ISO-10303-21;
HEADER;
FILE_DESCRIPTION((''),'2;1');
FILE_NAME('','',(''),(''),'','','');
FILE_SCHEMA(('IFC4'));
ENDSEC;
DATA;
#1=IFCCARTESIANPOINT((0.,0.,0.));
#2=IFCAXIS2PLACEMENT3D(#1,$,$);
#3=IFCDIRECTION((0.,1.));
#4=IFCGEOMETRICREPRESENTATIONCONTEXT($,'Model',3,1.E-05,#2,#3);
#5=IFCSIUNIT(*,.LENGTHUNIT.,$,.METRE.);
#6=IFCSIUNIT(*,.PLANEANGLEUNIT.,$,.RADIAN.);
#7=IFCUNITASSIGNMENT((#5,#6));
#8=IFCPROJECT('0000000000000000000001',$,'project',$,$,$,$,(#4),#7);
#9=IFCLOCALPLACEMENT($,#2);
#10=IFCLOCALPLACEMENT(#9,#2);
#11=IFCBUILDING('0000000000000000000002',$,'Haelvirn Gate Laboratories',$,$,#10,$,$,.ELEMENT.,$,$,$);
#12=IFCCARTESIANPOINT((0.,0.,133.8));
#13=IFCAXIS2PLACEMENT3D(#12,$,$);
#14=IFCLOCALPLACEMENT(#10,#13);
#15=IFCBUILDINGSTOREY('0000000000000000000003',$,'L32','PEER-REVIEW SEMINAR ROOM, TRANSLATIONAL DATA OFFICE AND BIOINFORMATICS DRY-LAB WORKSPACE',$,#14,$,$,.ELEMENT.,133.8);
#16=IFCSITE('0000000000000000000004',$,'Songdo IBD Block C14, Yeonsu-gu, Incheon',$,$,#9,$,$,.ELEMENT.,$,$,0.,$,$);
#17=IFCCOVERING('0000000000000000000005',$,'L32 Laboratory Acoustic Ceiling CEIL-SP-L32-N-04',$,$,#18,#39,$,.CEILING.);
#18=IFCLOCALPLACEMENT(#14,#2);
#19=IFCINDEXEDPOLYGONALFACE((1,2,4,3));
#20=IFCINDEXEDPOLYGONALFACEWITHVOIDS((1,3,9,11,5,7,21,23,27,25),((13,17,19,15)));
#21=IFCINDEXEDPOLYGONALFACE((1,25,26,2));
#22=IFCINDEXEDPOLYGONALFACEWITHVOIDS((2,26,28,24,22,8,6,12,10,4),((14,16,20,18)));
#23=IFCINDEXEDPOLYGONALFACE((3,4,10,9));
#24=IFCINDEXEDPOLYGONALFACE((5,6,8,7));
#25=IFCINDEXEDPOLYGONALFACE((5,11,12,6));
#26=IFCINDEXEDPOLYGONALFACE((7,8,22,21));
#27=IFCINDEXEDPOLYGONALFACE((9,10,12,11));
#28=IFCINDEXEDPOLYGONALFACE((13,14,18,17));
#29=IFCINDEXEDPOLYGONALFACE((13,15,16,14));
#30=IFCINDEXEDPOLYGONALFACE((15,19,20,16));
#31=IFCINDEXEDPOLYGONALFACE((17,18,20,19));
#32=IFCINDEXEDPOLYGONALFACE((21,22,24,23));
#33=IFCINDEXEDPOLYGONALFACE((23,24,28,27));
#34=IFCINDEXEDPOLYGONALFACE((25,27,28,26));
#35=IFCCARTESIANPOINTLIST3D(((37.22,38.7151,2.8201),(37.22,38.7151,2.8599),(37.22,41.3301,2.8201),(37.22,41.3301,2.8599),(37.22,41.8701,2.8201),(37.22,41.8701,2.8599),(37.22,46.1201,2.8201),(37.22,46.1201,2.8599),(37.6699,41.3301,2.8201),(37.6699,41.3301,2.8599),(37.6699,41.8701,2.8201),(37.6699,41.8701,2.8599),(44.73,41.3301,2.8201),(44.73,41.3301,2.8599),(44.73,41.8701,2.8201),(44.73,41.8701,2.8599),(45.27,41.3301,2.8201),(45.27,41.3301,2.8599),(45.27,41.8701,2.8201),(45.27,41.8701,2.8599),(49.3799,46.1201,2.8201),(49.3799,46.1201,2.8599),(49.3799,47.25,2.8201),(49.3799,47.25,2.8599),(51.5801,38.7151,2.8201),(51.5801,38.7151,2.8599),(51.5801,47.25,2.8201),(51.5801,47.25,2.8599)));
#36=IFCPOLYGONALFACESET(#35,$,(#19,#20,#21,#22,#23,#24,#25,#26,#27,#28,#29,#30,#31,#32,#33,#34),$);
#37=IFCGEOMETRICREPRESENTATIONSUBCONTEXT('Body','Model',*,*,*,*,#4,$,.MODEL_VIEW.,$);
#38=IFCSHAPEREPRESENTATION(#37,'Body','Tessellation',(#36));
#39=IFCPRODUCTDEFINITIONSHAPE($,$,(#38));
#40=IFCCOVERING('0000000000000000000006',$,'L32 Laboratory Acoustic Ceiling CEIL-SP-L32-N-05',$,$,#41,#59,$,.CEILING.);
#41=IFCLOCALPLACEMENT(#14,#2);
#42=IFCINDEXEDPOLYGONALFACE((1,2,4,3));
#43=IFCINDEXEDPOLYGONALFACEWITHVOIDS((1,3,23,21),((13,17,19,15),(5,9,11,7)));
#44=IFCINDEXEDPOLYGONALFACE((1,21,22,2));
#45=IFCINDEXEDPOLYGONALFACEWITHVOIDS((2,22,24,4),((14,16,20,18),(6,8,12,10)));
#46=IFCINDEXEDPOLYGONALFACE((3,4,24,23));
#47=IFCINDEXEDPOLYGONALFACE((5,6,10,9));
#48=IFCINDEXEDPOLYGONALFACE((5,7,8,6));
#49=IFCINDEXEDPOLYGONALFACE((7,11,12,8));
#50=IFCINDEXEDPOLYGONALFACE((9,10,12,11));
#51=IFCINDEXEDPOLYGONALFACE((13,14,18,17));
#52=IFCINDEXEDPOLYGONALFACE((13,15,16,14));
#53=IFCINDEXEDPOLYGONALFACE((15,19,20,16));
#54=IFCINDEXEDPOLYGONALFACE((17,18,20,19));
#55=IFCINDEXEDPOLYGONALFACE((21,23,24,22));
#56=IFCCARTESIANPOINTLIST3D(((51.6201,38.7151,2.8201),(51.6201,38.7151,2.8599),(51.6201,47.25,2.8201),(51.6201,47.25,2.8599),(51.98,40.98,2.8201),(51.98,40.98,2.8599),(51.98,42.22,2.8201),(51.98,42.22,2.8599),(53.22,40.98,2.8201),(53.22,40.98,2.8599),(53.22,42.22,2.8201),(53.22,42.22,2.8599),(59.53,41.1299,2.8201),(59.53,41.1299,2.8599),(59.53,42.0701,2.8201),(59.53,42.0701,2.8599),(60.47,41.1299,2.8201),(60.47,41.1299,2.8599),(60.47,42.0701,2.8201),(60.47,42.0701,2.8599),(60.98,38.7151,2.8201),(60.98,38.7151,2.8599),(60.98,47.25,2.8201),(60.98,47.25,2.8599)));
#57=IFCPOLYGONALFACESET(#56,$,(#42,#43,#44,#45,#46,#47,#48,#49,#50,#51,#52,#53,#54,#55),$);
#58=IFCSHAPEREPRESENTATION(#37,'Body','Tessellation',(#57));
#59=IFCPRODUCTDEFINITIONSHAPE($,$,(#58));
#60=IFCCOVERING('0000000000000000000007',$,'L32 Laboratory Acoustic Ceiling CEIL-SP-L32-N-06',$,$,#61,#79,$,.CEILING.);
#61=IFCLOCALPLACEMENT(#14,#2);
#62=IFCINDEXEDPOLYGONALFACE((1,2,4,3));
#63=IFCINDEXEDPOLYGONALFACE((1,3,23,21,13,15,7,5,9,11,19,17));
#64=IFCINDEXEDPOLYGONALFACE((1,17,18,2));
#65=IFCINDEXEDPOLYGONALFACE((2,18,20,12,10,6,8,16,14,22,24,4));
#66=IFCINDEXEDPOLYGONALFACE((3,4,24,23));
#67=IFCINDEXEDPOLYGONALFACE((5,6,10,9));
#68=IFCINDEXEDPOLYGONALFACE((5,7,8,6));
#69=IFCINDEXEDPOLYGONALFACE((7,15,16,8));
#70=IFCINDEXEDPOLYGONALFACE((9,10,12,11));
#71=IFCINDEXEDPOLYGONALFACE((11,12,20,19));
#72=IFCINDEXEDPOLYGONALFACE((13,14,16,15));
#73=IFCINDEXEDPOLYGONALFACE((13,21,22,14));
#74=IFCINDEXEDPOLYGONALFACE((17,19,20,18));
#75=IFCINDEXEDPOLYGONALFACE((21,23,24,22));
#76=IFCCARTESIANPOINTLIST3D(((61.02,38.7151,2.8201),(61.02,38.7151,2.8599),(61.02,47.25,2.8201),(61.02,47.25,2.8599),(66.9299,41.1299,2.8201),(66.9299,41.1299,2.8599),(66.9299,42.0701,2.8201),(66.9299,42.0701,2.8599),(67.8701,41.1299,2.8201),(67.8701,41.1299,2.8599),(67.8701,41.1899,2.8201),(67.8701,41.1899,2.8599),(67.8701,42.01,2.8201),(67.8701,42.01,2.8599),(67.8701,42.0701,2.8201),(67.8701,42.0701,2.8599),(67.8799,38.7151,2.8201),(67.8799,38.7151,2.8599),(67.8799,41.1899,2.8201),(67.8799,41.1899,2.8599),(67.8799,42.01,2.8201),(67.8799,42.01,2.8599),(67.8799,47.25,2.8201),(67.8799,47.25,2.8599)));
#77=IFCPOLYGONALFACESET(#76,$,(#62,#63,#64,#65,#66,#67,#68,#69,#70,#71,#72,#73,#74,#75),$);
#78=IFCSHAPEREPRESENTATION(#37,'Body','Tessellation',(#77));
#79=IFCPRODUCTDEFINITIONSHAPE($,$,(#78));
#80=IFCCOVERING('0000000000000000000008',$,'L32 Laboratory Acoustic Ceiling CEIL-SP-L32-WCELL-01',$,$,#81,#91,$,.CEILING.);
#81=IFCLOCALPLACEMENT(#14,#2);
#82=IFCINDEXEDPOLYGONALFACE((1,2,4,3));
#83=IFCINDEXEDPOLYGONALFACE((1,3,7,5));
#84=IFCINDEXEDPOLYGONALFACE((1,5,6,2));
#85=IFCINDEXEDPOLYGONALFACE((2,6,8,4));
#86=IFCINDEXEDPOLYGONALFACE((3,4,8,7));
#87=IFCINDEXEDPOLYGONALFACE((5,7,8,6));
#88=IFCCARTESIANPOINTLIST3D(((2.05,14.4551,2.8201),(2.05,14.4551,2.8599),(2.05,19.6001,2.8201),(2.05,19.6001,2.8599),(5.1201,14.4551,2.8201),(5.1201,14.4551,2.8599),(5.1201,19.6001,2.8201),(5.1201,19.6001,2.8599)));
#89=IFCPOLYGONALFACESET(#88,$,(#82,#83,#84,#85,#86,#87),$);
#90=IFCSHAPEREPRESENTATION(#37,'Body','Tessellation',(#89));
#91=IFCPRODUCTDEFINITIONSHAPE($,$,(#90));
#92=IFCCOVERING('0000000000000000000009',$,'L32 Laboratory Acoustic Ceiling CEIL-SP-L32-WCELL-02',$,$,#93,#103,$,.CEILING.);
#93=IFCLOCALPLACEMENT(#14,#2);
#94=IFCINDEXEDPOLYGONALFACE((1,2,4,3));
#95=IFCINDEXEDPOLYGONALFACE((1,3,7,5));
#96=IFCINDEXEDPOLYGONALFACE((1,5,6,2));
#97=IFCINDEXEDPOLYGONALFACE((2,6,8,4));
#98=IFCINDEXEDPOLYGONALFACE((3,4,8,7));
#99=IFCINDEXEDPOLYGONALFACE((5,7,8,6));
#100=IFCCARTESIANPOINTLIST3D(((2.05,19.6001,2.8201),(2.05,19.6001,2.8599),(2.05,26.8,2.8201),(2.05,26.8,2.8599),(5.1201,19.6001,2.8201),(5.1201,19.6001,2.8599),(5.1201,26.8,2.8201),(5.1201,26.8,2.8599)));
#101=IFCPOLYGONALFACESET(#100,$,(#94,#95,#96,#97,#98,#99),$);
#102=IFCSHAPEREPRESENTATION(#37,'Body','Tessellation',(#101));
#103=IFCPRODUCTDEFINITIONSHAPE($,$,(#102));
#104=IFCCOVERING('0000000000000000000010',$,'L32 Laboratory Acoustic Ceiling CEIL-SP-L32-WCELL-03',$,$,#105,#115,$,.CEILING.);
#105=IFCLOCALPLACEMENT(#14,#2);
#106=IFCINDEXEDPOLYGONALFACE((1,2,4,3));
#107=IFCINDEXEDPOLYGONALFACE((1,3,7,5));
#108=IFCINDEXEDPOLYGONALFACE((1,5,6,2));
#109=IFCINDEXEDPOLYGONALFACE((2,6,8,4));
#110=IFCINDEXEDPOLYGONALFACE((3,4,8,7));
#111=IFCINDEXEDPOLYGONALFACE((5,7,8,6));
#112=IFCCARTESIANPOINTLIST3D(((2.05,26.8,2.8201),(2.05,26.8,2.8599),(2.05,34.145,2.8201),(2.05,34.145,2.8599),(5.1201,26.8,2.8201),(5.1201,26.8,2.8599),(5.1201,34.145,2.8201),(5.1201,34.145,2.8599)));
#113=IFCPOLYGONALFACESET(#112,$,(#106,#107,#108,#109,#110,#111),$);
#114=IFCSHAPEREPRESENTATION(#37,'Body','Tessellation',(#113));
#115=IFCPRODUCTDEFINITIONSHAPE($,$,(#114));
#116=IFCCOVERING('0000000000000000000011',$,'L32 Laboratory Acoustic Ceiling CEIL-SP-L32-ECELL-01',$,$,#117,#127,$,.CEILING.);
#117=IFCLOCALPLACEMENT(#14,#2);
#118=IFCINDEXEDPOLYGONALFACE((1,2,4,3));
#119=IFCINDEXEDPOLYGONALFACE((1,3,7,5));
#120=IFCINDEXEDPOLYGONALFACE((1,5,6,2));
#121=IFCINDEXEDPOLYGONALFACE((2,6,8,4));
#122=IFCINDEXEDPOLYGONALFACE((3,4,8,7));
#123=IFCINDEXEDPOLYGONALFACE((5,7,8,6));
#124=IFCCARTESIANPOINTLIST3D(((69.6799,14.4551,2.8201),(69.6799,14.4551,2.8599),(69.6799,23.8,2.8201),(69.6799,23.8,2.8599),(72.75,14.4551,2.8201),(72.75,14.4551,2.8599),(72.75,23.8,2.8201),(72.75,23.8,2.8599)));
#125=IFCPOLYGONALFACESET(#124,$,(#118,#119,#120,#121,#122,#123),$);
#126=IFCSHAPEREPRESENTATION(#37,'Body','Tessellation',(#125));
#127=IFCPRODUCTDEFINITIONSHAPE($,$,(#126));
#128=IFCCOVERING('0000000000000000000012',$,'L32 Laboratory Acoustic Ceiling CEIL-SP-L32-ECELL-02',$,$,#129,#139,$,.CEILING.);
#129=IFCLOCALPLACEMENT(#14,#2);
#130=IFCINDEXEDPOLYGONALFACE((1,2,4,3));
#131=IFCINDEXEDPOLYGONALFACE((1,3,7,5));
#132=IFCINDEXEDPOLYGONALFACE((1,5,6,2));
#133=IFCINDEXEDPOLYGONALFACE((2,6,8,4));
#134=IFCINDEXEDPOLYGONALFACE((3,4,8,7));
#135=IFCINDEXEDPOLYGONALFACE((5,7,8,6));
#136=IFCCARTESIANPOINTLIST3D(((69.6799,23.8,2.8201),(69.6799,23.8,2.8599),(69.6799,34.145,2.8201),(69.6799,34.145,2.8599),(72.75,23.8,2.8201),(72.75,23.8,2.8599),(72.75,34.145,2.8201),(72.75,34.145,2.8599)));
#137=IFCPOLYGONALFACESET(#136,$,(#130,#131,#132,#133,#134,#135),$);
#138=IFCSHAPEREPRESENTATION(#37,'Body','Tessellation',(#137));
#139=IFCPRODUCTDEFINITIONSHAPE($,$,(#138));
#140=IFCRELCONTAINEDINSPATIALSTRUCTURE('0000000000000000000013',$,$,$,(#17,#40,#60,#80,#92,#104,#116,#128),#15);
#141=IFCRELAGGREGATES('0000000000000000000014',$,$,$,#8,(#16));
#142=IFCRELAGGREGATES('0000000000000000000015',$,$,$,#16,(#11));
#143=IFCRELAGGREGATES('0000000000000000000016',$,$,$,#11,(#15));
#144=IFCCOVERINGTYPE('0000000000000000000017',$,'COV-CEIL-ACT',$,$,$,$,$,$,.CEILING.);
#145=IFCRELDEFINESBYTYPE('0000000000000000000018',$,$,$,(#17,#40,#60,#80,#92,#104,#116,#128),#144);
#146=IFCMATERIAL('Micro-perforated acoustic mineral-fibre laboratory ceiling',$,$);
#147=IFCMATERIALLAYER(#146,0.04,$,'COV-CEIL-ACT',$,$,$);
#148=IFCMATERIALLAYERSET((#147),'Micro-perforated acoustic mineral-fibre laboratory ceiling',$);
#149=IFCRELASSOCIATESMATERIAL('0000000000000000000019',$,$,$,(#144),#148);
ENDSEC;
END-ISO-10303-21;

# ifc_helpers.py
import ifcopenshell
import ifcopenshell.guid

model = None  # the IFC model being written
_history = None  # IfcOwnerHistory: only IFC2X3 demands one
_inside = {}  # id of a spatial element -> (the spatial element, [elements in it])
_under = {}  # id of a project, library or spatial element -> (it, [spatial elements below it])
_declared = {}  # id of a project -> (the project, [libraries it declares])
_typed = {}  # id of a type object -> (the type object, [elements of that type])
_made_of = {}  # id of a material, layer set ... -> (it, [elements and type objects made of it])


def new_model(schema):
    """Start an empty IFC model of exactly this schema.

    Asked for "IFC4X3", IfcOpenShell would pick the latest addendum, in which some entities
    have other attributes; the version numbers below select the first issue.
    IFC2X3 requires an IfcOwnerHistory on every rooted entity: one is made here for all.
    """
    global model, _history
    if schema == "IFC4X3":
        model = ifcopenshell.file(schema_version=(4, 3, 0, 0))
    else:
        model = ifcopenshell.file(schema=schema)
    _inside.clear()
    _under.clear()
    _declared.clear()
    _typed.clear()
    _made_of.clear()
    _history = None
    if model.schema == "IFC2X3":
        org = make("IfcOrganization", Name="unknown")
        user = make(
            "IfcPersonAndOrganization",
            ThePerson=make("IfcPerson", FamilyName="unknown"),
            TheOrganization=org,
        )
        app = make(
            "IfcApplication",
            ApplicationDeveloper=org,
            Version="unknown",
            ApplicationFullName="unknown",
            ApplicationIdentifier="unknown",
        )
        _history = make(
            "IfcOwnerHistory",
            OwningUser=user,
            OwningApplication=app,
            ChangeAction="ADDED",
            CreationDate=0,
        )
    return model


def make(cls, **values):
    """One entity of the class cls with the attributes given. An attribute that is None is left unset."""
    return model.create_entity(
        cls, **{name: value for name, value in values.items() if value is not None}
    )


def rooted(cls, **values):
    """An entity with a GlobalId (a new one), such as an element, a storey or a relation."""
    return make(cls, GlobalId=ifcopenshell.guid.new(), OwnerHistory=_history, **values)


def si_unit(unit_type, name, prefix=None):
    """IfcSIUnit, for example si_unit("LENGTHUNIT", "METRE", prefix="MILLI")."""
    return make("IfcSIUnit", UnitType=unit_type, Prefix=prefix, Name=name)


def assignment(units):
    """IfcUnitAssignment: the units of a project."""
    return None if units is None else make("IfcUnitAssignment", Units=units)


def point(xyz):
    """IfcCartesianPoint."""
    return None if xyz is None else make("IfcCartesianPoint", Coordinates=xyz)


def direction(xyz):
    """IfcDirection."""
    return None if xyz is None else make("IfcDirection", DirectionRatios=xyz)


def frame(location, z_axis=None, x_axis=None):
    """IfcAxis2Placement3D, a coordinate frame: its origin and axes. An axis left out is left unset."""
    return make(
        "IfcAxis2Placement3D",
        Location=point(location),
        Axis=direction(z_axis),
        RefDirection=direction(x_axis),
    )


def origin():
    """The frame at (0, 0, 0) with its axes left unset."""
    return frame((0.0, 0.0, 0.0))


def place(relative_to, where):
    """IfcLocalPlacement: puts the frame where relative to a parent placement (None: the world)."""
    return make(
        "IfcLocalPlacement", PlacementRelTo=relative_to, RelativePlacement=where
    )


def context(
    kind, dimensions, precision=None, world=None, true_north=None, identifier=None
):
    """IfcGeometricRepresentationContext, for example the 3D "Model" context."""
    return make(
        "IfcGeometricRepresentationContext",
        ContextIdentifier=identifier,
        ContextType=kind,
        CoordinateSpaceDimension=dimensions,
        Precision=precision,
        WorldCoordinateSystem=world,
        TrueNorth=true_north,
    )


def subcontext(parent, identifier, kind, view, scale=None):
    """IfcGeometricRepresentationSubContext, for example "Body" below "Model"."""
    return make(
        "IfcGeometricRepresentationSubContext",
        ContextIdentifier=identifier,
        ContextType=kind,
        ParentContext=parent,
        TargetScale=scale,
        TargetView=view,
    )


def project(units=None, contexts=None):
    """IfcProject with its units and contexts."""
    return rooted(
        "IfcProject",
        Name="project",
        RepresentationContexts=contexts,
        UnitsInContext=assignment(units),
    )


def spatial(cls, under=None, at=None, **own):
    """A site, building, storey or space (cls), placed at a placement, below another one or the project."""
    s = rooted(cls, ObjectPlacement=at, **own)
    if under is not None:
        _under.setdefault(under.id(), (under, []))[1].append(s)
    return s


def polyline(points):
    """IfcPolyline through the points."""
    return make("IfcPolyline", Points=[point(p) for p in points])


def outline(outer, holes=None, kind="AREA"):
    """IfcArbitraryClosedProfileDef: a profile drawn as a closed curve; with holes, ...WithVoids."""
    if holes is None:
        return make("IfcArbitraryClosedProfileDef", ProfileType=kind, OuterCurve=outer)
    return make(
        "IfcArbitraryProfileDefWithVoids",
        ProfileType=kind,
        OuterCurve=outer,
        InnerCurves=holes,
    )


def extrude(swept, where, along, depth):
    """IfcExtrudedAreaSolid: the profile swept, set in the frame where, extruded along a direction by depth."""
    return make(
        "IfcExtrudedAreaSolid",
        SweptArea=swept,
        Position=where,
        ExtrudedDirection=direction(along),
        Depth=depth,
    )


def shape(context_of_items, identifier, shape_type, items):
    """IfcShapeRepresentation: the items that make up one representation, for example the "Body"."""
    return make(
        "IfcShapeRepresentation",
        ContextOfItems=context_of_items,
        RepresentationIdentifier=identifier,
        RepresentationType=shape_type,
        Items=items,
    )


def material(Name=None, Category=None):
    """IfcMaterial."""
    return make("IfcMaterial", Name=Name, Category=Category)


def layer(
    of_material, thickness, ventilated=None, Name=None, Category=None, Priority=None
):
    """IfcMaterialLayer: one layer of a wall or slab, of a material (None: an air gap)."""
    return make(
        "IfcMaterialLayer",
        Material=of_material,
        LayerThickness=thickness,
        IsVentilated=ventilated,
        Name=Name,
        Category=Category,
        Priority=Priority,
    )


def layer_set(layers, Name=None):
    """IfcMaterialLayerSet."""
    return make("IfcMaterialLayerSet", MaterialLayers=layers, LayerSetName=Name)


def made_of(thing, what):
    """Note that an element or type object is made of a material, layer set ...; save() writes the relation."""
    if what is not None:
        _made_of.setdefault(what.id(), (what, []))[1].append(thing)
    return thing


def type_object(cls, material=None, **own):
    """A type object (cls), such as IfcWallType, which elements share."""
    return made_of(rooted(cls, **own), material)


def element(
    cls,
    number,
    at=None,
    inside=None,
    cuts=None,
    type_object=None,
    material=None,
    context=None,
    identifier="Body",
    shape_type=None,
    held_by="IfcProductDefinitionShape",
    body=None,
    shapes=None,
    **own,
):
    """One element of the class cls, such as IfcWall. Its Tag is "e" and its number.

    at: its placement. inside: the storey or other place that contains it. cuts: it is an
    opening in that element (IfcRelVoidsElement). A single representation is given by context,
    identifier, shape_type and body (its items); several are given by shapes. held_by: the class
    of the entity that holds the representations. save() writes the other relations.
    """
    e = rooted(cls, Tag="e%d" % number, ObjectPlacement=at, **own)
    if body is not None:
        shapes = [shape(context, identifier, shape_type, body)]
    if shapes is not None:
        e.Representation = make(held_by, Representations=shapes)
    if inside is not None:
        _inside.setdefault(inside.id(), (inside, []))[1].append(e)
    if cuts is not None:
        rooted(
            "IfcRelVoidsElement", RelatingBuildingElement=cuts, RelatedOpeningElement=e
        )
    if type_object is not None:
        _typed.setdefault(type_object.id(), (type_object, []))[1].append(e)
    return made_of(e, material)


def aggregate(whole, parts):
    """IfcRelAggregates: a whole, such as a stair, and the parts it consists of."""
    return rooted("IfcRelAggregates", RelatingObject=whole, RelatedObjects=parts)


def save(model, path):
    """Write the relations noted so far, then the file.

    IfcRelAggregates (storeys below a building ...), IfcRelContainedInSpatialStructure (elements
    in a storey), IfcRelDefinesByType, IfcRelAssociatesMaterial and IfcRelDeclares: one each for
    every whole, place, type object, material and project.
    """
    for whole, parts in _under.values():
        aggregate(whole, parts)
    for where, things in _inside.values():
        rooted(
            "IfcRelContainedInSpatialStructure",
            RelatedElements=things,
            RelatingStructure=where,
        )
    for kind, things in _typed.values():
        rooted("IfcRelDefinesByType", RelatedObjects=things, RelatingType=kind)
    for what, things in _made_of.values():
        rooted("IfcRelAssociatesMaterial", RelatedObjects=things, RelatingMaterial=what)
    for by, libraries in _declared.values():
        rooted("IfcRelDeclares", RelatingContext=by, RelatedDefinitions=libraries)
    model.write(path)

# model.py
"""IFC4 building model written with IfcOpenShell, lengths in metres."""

from ifc_helpers import new_model, si_unit, direction, frame, origin, place, context, subcontext, project, spatial, polyline, outline, extrude, material, layer, layer_set, type_object, element, save


model = new_model("IFC4")

# Units and contexts
model_context = context("Model", 3, precision=1e-05, world=origin(), true_north=direction((0.0, 1.0)))
body_context = subcontext(model_context, "Body", "Model", "MODEL_VIEW")
ifc_project = project(units=[si_unit("LENGTHUNIT", "METRE"), si_unit("PLANEANGLEUNIT", "RADIAN")], contexts=[model_context])

# Site, building, storey
site_placement = place(None, origin())
site = spatial("IfcSite", under=ifc_project, at=site_placement, Name="Songdo IBD Block C14, Yeonsu-gu, Incheon", CompositionType="ELEMENT", RefElevation=0.0)
building_placement = place(site_placement, origin())
building = spatial("IfcBuilding", under=site, at=building_placement, Name="Haelvirn Gate Laboratories", CompositionType="ELEMENT")
storey_placement = place(building_placement, frame((0.0, 0.0, 133.8)))
storey = spatial("IfcBuildingStorey", under=building, at=storey_placement, Name="L32", Description="PEER-REVIEW SEMINAR ROOM, TRANSLATIONAL DATA OFFICE AND BIOINFORMATICS DRY-LAB WORKSPACE", CompositionType="ELEMENT", Elevation=133.8)

# Coverings
ifc_material_1 = material(Name="Micro-perforated acoustic mineral-fibre laboratory ceiling")
ifc_layer_1 = layer(ifc_material_1, 0.04, Name="COV-CEIL-ACT")
ifc_layer_set_1 = layer_set([ifc_layer_1], Name="Micro-perforated acoustic mineral-fibre laboratory ceiling")
covering_type = type_object("IfcCoveringType", Name="COV-CEIL-ACT", PredefinedType="CEILING", material=ifc_layer_set_1)
covering_1_placement = place(storey_placement, frame((0.0, 0.0, 2.8201)))
element("IfcCovering", 1, at=covering_1_placement, inside=storey, type_object=covering_type, Name="L32 Laboratory Acoustic Ceiling CEIL-SP-L32-N-04", PredefinedType="CEILING", context=body_context, shape_type="SweptSolid", body=[
    extrude(outline(polyline([(49.3799, 46.1201), (49.3799, 47.25), (51.5801, 47.25), (51.5801, 38.7151), (37.22, 38.7151), (37.22, 41.3301), (37.6699, 41.3301), (37.6699, 41.8701), (37.22, 41.8701), (37.22, 46.1201), (49.3799, 46.1201)]), holes=[polyline([(45.27, 41.8701), (44.73, 41.8701), (44.73, 41.3301), (45.27, 41.3301), (45.27, 41.8701)])]), origin(), (0.0, 0.0, 1.0), 0.0398),
])
covering_2_placement = place(storey_placement, frame((0.0, 0.0, 2.8201)))
element("IfcCovering", 2, at=covering_2_placement, inside=storey, type_object=covering_type, Name="L32 Laboratory Acoustic Ceiling CEIL-SP-L32-N-05", PredefinedType="CEILING", context=body_context, shape_type="SweptSolid", body=[
    extrude(outline(polyline([(51.6201, 47.25), (60.98, 47.25), (60.98, 38.7151), (51.6201, 38.7151), (51.6201, 47.25)]), holes=[polyline([(51.98, 42.22), (51.98, 40.98), (53.22, 40.98), (53.22, 42.22), (51.98, 42.22)]), polyline([(60.47, 42.0701), (59.53, 42.0701), (59.53, 41.1299), (60.47, 41.1299), (60.47, 42.0701)])]), origin(), (0.0, 0.0, 1.0), 0.0398),
])
covering_3_placement = place(storey_placement, frame((0.0, 0.0, 2.8201)))
element("IfcCovering", 3, at=covering_3_placement, inside=storey, type_object=covering_type, Name="L32 Laboratory Acoustic Ceiling CEIL-SP-L32-N-06", PredefinedType="CEILING", context=body_context, shape_type="SweptSolid", body=[
    extrude(outline(polyline([(67.8799, 42.01), (67.8701, 42.01), (67.8701, 42.0701), (66.9299, 42.0701), (66.9299, 41.1299), (67.8701, 41.1299), (67.8701, 41.1899), (67.8799, 41.1899), (67.8799, 38.7151), (61.02, 38.7151), (61.02, 47.25), (67.8799, 47.25), (67.8799, 42.01)])), origin(), (0.0, 0.0, 1.0), 0.0398),
])
covering_4_placement = place(storey_placement, frame((0.0, 0.0, 2.8201)))
element("IfcCovering", 4, at=covering_4_placement, inside=storey, type_object=covering_type, Name="L32 Laboratory Acoustic Ceiling CEIL-SP-L32-WCELL-01", PredefinedType="CEILING", context=body_context, shape_type="SweptSolid", body=[
    extrude(outline(polyline([(2.05, 19.6001), (5.1201, 19.6001), (5.1201, 14.4551), (2.05, 14.4551), (2.05, 19.6001)])), origin(), (0.0, 0.0, 1.0), 0.0398),
])
covering_5_placement = place(storey_placement, frame((0.0, 0.0, 2.8201)))
element("IfcCovering", 5, at=covering_5_placement, inside=storey, type_object=covering_type, Name="L32 Laboratory Acoustic Ceiling CEIL-SP-L32-WCELL-02", PredefinedType="CEILING", context=body_context, shape_type="SweptSolid", body=[
    extrude(outline(polyline([(2.05, 26.8), (5.1201, 26.8), (5.1201, 19.6001), (2.05, 19.6001), (2.05, 26.8)])), origin(), (0.0, 0.0, 1.0), 0.0398),
])
covering_6_placement = place(storey_placement, frame((0.0, 0.0, 2.8201)))
element("IfcCovering", 6, at=covering_6_placement, inside=storey, type_object=covering_type, Name="L32 Laboratory Acoustic Ceiling CEIL-SP-L32-WCELL-03", PredefinedType="CEILING", context=body_context, shape_type="SweptSolid", body=[
    extrude(outline(polyline([(2.05, 34.145), (5.1201, 34.145), (5.1201, 26.8), (2.05, 26.8), (2.05, 34.145)])), origin(), (0.0, 0.0, 1.0), 0.0398),
])
covering_7_placement = place(storey_placement, frame((0.0, 0.0, 2.8201)))
element("IfcCovering", 7, at=covering_7_placement, inside=storey, type_object=covering_type, Name="L32 Laboratory Acoustic Ceiling CEIL-SP-L32-ECELL-01", PredefinedType="CEILING", context=body_context, shape_type="SweptSolid", body=[
    extrude(outline(polyline([(69.6799, 23.8), (72.75, 23.8), (72.75, 14.4551), (69.6799, 14.4551), (69.6799, 23.8)])), origin(), (0.0, 0.0, 1.0), 0.0398),
])
covering_8_placement = place(storey_placement, frame((0.0, 0.0, 2.8201)))
element("IfcCovering", 8, at=covering_8_placement, inside=storey, type_object=covering_type, Name="L32 Laboratory Acoustic Ceiling CEIL-SP-L32-ECELL-02", PredefinedType="CEILING", context=body_context, shape_type="SweptSolid", body=[
    extrude(outline(polyline([(69.6799, 34.145), (72.75, 34.145), (72.75, 23.8), (69.6799, 23.8), (69.6799, 34.145)])), origin(), (0.0, 0.0, 1.0), 0.0398),
])

save(model, "model.ifc")
